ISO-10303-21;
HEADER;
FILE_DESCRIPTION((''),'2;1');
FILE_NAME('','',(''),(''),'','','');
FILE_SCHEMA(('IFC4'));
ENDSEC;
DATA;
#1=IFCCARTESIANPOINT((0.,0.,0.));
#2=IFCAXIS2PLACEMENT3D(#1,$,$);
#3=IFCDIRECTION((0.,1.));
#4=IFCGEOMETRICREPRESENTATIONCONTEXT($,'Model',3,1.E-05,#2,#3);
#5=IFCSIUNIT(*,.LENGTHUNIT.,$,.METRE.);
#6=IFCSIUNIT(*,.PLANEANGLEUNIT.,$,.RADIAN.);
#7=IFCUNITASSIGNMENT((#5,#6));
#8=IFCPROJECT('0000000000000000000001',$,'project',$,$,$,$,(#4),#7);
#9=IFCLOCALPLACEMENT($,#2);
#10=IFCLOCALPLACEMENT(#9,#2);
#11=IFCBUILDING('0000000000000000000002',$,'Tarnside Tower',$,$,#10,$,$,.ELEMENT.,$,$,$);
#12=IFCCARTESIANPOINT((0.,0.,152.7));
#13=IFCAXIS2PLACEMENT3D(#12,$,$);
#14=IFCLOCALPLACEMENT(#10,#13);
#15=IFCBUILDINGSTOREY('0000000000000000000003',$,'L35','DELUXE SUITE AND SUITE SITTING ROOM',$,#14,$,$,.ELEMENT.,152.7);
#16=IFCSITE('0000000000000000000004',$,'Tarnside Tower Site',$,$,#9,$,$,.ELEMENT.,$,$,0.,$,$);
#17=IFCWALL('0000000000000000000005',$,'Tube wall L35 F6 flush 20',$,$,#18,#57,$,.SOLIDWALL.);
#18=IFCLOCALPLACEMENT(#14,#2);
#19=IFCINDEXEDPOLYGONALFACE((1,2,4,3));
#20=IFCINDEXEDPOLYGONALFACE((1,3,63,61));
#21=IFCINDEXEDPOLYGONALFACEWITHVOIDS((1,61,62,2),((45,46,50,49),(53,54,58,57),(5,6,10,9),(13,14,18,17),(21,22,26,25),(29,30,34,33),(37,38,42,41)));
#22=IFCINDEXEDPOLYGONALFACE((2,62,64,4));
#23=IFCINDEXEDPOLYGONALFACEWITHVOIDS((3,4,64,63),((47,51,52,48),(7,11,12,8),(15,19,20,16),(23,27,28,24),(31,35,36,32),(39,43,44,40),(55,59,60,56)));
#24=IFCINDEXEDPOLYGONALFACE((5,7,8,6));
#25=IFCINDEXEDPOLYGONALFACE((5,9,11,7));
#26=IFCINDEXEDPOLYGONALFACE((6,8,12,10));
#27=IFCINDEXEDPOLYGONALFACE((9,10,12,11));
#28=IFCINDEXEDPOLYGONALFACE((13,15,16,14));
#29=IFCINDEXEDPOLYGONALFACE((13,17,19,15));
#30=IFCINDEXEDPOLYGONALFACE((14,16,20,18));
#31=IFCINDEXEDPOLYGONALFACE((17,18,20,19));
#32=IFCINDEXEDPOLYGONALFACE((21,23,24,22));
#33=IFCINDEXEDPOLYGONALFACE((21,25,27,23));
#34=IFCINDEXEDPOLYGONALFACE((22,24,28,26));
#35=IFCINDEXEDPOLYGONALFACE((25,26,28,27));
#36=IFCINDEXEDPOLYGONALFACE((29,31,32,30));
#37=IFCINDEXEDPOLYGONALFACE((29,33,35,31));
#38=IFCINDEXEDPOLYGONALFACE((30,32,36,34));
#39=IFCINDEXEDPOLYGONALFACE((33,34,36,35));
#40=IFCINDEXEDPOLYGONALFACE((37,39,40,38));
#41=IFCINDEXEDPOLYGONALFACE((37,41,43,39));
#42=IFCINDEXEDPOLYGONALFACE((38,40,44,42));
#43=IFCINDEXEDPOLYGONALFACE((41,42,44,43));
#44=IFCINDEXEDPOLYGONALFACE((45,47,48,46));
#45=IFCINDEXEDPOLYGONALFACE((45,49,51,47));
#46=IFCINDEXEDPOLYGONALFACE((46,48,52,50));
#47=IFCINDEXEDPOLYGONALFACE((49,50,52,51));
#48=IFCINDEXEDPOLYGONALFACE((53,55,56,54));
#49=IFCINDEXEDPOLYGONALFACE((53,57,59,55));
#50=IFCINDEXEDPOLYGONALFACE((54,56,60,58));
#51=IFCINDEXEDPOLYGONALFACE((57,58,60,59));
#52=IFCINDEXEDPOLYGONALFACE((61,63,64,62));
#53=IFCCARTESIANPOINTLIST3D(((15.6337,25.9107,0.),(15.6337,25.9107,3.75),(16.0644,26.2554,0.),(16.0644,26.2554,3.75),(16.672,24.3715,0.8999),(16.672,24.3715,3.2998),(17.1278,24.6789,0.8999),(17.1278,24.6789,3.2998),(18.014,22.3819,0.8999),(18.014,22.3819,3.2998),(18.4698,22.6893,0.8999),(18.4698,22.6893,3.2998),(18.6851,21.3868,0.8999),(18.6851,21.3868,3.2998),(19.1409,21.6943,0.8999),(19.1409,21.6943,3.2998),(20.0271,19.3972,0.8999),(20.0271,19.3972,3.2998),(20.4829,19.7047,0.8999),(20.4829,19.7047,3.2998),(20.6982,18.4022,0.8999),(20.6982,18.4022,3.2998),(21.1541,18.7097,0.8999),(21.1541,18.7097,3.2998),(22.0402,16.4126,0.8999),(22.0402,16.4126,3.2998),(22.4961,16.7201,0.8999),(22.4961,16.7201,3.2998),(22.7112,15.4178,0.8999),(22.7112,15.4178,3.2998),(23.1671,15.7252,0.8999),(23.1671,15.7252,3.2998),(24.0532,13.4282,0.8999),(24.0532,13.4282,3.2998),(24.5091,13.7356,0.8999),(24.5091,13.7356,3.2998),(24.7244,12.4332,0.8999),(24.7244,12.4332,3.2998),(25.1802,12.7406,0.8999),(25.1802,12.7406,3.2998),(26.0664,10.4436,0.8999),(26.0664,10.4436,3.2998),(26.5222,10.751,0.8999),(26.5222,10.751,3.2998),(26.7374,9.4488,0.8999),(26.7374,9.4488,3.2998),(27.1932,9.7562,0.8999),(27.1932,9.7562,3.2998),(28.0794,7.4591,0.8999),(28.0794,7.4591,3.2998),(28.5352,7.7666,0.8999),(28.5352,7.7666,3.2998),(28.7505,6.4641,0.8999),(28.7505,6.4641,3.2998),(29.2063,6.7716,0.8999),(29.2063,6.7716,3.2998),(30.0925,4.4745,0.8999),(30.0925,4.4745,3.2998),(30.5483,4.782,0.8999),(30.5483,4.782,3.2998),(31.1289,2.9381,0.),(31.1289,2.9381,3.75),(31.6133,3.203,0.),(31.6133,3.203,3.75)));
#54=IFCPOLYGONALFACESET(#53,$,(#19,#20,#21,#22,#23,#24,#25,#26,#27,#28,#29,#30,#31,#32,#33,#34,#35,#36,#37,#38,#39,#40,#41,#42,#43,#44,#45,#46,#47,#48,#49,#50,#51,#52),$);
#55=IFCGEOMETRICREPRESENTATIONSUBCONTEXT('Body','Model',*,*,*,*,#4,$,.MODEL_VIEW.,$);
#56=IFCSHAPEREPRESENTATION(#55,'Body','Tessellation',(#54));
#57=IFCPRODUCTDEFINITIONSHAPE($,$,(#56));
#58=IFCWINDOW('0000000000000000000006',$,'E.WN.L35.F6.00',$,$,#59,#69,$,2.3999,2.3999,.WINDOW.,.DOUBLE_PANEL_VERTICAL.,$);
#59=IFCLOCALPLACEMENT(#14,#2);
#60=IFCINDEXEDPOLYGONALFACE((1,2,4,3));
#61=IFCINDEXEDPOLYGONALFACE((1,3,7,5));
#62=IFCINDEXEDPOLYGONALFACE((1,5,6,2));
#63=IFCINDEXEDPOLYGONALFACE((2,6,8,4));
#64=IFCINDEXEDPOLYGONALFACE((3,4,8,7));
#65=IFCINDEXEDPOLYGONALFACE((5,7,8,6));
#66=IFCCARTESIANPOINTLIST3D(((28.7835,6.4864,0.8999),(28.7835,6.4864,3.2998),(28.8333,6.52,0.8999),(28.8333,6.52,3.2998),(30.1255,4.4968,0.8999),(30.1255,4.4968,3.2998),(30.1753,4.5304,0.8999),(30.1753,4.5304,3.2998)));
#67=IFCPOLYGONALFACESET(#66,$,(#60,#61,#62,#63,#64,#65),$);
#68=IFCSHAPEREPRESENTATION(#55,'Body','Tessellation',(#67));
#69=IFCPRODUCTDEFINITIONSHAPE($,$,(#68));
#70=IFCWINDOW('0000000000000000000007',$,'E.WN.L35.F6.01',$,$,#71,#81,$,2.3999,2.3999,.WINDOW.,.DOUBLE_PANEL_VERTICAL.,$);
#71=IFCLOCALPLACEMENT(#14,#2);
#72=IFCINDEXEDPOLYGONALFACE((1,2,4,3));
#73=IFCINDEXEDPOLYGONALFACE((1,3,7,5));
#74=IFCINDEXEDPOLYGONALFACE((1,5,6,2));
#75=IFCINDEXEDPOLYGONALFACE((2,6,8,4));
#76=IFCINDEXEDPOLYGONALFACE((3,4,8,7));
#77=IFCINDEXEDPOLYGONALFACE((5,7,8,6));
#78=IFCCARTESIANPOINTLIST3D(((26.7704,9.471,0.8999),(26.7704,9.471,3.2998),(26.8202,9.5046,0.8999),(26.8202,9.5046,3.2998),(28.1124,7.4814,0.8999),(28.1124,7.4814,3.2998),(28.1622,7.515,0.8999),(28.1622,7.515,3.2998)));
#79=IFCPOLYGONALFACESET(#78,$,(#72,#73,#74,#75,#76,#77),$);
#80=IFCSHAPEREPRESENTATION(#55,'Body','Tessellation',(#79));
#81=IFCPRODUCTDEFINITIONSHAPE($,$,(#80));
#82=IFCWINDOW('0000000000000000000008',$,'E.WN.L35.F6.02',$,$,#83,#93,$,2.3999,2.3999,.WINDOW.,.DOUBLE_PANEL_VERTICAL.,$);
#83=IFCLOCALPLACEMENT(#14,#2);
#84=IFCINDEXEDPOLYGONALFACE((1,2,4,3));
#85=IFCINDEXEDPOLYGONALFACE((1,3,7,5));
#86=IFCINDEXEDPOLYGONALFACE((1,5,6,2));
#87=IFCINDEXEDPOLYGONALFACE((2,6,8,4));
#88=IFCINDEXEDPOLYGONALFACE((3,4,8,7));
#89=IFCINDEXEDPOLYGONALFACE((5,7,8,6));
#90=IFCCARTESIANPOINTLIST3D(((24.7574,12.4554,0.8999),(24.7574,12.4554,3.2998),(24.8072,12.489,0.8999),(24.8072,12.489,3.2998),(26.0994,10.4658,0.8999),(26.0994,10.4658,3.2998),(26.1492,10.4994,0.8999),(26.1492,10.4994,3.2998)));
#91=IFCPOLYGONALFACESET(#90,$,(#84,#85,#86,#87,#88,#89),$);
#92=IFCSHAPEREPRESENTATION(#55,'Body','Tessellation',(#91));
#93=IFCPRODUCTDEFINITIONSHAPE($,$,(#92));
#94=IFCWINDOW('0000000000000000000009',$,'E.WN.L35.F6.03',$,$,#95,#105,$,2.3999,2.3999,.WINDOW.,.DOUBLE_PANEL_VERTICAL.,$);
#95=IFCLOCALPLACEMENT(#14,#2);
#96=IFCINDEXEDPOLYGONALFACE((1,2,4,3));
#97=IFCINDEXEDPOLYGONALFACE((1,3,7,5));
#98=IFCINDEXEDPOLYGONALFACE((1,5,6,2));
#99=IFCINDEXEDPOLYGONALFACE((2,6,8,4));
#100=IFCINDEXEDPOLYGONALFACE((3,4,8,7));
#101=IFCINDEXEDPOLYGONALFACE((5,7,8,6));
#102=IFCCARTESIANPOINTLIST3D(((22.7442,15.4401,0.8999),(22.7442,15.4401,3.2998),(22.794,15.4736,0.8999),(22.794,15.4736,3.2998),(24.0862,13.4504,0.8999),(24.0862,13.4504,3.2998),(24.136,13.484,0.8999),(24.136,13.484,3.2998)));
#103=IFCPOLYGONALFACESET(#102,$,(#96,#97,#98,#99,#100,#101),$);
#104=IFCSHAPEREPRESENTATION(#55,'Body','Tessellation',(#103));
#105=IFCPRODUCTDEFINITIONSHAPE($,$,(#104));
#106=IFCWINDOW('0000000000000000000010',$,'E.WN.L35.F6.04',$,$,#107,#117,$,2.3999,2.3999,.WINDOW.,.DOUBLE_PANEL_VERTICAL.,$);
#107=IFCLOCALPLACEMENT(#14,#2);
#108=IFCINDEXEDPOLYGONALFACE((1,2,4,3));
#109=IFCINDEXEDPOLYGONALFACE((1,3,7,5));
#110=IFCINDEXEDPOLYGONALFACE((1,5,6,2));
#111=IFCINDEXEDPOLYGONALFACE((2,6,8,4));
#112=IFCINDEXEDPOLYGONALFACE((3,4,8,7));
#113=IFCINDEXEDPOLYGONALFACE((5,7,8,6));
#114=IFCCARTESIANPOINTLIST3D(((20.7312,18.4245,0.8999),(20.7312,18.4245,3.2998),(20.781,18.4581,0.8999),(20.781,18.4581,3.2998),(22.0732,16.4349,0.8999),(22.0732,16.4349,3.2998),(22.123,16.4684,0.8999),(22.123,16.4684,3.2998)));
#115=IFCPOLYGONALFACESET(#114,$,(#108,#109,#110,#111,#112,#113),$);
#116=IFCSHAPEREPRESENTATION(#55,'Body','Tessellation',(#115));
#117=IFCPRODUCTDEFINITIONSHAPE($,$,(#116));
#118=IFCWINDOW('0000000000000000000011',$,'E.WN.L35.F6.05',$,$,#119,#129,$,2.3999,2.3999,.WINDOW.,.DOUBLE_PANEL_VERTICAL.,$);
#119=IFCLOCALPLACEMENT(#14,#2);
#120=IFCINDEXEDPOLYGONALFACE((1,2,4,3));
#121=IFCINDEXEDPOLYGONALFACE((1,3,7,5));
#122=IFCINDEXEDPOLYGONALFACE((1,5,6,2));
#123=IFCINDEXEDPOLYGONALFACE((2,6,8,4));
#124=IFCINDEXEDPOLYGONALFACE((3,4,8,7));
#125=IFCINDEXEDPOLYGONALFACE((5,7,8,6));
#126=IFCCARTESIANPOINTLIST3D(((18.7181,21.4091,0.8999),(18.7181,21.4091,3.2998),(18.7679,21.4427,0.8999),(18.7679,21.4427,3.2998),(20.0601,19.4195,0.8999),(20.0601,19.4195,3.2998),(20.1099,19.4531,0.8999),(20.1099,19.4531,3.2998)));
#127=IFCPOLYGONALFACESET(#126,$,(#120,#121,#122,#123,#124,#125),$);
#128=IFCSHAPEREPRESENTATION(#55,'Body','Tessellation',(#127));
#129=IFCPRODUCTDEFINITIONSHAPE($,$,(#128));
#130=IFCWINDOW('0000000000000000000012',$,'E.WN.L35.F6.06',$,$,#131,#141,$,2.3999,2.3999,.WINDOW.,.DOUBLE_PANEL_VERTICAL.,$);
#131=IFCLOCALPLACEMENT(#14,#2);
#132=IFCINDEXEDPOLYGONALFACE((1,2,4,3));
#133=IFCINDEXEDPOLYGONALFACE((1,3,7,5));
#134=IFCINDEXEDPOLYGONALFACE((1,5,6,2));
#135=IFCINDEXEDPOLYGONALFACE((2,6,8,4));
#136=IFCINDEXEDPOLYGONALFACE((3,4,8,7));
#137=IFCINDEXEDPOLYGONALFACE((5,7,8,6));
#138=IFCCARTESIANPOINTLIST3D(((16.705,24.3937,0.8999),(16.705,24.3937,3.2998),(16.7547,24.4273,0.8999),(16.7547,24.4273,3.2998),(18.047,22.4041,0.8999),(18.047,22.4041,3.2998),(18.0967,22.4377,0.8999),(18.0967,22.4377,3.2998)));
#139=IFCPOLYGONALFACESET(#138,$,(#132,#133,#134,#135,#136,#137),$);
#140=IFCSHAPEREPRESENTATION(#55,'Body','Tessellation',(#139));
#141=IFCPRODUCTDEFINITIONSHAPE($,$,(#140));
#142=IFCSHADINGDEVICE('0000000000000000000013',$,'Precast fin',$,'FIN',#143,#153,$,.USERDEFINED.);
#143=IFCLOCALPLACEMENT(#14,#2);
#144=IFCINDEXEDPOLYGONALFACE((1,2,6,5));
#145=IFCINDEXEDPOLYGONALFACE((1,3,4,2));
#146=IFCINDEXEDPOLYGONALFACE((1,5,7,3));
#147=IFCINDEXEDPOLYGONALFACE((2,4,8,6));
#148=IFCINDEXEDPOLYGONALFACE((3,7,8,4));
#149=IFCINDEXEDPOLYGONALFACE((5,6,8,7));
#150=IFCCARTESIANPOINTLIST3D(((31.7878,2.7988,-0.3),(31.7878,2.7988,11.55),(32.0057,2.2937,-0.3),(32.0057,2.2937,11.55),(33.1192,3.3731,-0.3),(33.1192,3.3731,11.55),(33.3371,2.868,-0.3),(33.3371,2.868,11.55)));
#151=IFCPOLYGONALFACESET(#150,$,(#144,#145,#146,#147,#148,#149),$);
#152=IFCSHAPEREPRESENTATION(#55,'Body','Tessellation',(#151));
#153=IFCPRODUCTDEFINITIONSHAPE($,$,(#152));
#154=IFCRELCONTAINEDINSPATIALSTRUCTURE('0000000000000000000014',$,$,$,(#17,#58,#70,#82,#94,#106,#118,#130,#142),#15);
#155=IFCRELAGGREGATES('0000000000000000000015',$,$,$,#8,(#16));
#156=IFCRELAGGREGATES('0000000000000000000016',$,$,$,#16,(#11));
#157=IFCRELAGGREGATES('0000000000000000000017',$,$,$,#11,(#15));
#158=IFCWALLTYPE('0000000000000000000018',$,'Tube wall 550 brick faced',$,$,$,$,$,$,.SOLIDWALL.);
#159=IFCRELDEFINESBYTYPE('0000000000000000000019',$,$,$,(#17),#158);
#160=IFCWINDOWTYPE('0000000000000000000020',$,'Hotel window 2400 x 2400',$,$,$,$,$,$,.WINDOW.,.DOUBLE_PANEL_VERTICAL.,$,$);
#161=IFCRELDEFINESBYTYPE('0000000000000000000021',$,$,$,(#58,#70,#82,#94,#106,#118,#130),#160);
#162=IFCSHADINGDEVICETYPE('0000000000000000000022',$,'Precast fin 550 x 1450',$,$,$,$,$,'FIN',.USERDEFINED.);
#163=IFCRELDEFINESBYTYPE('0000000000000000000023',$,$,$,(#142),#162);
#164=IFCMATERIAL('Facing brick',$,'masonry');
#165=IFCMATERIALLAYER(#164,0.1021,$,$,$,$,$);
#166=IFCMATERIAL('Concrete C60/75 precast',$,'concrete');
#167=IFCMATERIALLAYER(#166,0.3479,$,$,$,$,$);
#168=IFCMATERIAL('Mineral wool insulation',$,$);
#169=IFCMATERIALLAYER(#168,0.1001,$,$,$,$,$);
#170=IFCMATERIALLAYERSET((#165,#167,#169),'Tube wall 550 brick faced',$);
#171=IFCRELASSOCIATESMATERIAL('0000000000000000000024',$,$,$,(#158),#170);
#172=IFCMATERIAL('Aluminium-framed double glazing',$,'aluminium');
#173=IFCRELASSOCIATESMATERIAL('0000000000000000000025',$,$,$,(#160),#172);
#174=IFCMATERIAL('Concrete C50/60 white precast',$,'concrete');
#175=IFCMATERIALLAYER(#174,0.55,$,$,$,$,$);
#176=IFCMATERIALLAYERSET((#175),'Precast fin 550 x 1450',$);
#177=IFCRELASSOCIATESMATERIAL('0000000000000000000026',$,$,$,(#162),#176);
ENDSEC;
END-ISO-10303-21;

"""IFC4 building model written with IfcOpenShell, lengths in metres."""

from ifc_helpers import new_model, si_unit, direction, frame, frame_2d, origin, place, context, subcontext, project, spatial, polyline, rectangle, outline, extrude, material, layer, layer_set, type_object, element, fill, save


model = new_model("IFC4")

# Units and contexts
model_context = context("Model", 3, precision=1e-05, world=origin(), true_north=direction((0.0, 1.0)))
body_context = subcontext(model_context, "Body", "Model", "MODEL_VIEW")
ifc_project = project(units=[si_unit("LENGTHUNIT", "METRE"), si_unit("PLANEANGLEUNIT", "RADIAN")], contexts=[model_context])

# Site, building, storey
site_placement = place(None, origin())
site = spatial("IfcSite", under=ifc_project, at=site_placement, Name="Tarnside Tower Site", CompositionType="ELEMENT", RefElevation=0.0)
building_placement = place(site_placement, origin())
building = spatial("IfcBuilding", under=site, at=building_placement, Name="Tarnside Tower", CompositionType="ELEMENT")
storey_placement = place(building_placement, frame((0.0, 0.0, 152.7)))
storey = spatial("IfcBuildingStorey", under=building, at=storey_placement, Name="L35", Description="DELUXE SUITE AND SUITE SITTING ROOM", CompositionType="ELEMENT", Elevation=152.7)

# Shared definitions
ifc_material_1 = material(Name="Facing brick", Category="masonry")
ifc_layer_1 = layer(ifc_material_1, 0.1021)
ifc_material_2 = material(Name="Concrete C60/75 precast", Category="concrete")
ifc_layer_2 = layer(ifc_material_2, 0.3479)
ifc_material_3 = material(Name="Mineral wool insulation")
ifc_layer_3 = layer(ifc_material_3, 0.1001)
ifc_layer_set_1 = layer_set([ifc_layer_1, ifc_layer_2, ifc_layer_3], Name="Tube wall 550 brick faced")
wall_type_1 = type_object("IfcWallType", Name="Tube wall 550 brick faced", PredefinedType="SOLIDWALL", material=ifc_layer_set_1)

# Wall, openings, windows
wall_1_placement = place(storey_placement, frame((31.3711, 3.0706, 0.0), z_axis=(0.0, 0.0, 1.0), x_axis=(-0.55919, 0.82904, 0.0)))
wall_1 = element("IfcWall", 1, at=wall_1_placement, inside=storey, type_object=wall_type_1, Name="Tube wall L35 F6 flush 20", PredefinedType="SOLIDWALL", context=body_context, shape_type="SweptSolid", body=[
    extrude(outline(polyline([(-0.0256, -0.2749), (27.7805, -0.2749), (27.7356, 0.2749), (0.0256, 0.2749), (-0.0256, -0.2749)])), origin(), (0.0, 0.0, 1.0), 3.75),
])
opening_1_placement = place(wall_1_placement, frame((1.8789, 0.0, 0.8999)))
opening_1 = element("IfcOpeningElement", 2, at=opening_1_placement, cuts=wall_1, PredefinedType="OPENING", context=body_context, shape_type="SweptSolid", body=[
    extrude(rectangle(XDim=2.3999, YDim=2.3999, at=frame_2d((1.2, 1.2))), frame((0.0, 0.2852, 0.0), z_axis=(0.0, -1.0, 0.0), x_axis=(1.0, 0.0, 0.0)), (0.0, 0.0, 1.0), 0.5701),
])
opening_2_placement = place(wall_1_placement, frame((5.479, 0.0, 0.8999)))
opening_2 = element("IfcOpeningElement", 3, at=opening_2_placement, cuts=wall_1, PredefinedType="OPENING", context=body_context, shape_type="SweptSolid", body=[
    extrude(rectangle(XDim=2.3999, YDim=2.3999, at=frame_2d((1.2, 1.2))), frame((0.0, 0.2852, 0.0), z_axis=(0.0, -1.0, 0.0), x_axis=(1.0, 0.0, 0.0)), (0.0, 0.0, 1.0), 0.5701),
])
opening_3_placement = place(wall_1_placement, frame((9.0789, 0.0, 0.8999)))
opening_3 = element("IfcOpeningElement", 4, at=opening_3_placement, cuts=wall_1, PredefinedType="OPENING", context=body_context, shape_type="SweptSolid", body=[
    extrude(rectangle(XDim=2.3999, YDim=2.3999, at=frame_2d((1.2, 1.2))), frame((0.0, 0.2852, 0.0), z_axis=(0.0, -1.0, 0.0), x_axis=(1.0, 0.0, 0.0)), (0.0, 0.0, 1.0), 0.5701),
])
opening_4_placement = place(wall_1_placement, frame((12.679, 0.0, 0.8999)))
opening_4 = element("IfcOpeningElement", 5, at=opening_4_placement, cuts=wall_1, PredefinedType="OPENING", context=body_context, shape_type="SweptSolid", body=[
    extrude(rectangle(XDim=2.3999, YDim=2.3999, at=frame_2d((1.2, 1.2))), frame((0.0, 0.2852, 0.0), z_axis=(0.0, -1.0, 0.0), x_axis=(1.0, 0.0, 0.0)), (0.0, 0.0, 1.0), 0.5701),
])
opening_5_placement = place(wall_1_placement, frame((16.2788, 0.0, 0.8999)))
opening_5 = element("IfcOpeningElement", 6, at=opening_5_placement, cuts=wall_1, PredefinedType="OPENING", context=body_context, shape_type="SweptSolid", body=[
    extrude(rectangle(XDim=2.3999, YDim=2.3999, at=frame_2d((1.2, 1.2))), frame((0.0, 0.2852, 0.0), z_axis=(0.0, -1.0, 0.0), x_axis=(1.0, 0.0, 0.0)), (0.0, 0.0, 1.0), 0.5701),
])
opening_6_placement = place(wall_1_placement, frame((19.8789, 0.0, 0.8999)))
opening_6 = element("IfcOpeningElement", 7, at=opening_6_placement, cuts=wall_1, PredefinedType="OPENING", context=body_context, shape_type="SweptSolid", body=[
    extrude(rectangle(XDim=2.3999, YDim=2.3999, at=frame_2d((1.2, 1.2))), frame((0.0, 0.2852, 0.0), z_axis=(0.0, -1.0, 0.0), x_axis=(1.0, 0.0, 0.0)), (0.0, 0.0, 1.0), 0.5701),
])
opening_7_placement = place(wall_1_placement, frame((23.479, 0.0, 0.8999)))
opening_7 = element("IfcOpeningElement", 8, at=opening_7_placement, cuts=wall_1, PredefinedType="OPENING", context=body_context, shape_type="SweptSolid", body=[
    extrude(rectangle(XDim=2.3999, YDim=2.3999, at=frame_2d((1.2, 1.2))), frame((0.0, 0.2852, 0.0), z_axis=(0.0, -1.0, 0.0), x_axis=(1.0, 0.0, 0.0)), (0.0, 0.0, 1.0), 0.5701),
])
ifc_material_4 = material(Name="Aluminium-framed double glazing", Category="aluminium")
window_type = type_object("IfcWindowType", Name="Hotel window 2400 x 2400", PartitioningType="DOUBLE_PANEL_VERTICAL", PredefinedType="WINDOW", material=ifc_material_4)
window_1_placement = place(opening_1_placement, frame((0.0, 0.2051, 0.0)))
window_1 = element("IfcWindow", 9, at=window_1_placement, inside=storey, type_object=window_type, Name="E.WN.L35.F6.00", OverallHeight=2.3999, OverallWidth=2.3999, PartitioningType="DOUBLE_PANEL_VERTICAL", PredefinedType="WINDOW", context=body_context, shape_type="SweptSolid", body=[
    extrude(rectangle(XDim=2.3999, YDim=2.3999, at=frame_2d((1.2, 1.2))), frame((0.0, 0.03, 0.0), z_axis=(0.0, -1.0, 0.0), x_axis=(1.0, 0.0, 0.0)), (0.0, 0.0, 1.0), 0.0601),
])
fill(opening_1, window_1)
window_2_placement = place(opening_2_placement, frame((0.0, 0.2051, 0.0)))
window_2 = element("IfcWindow", 10, at=window_2_placement, inside=storey, type_object=window_type, Name="E.WN.L35.F6.01", OverallHeight=2.3999, OverallWidth=2.3999, PartitioningType="DOUBLE_PANEL_VERTICAL", PredefinedType="WINDOW", context=body_context, shape_type="SweptSolid", body=[
    extrude(rectangle(XDim=2.3999, YDim=2.3999, at=frame_2d((1.2, 1.2))), frame((0.0, 0.03, 0.0), z_axis=(0.0, -1.0, 0.0), x_axis=(1.0, 0.0, 0.0)), (0.0, 0.0, 1.0), 0.0601),
])
fill(opening_2, window_2)
window_3_placement = place(opening_3_placement, frame((0.0, 0.2051, 0.0)))
window_3 = element("IfcWindow", 11, at=window_3_placement, inside=storey, type_object=window_type, Name="E.WN.L35.F6.02", OverallHeight=2.3999, OverallWidth=2.3999, PartitioningType="DOUBLE_PANEL_VERTICAL", PredefinedType="WINDOW", context=body_context, shape_type="SweptSolid", body=[
    extrude(rectangle(XDim=2.3999, YDim=2.3999, at=frame_2d((1.2, 1.2))), frame((0.0, 0.03, 0.0), z_axis=(0.0, -1.0, 0.0), x_axis=(1.0, 0.0, 0.0)), (0.0, 0.0, 1.0), 0.0601),
])
fill(opening_3, window_3)
window_4_placement = place(opening_4_placement, frame((0.0, 0.2051, 0.0)))
window_4 = element("IfcWindow", 12, at=window_4_placement, inside=storey, type_object=window_type, Name="E.WN.L35.F6.03", OverallHeight=2.3999, OverallWidth=2.3999, PartitioningType="DOUBLE_PANEL_VERTICAL", PredefinedType="WINDOW", context=body_context, shape_type="SweptSolid", body=[
    extrude(rectangle(XDim=2.3999, YDim=2.3999, at=frame_2d((1.2, 1.2))), frame((0.0, 0.03, 0.0), z_axis=(0.0, -1.0, 0.0), x_axis=(1.0, 0.0, 0.0)), (0.0, 0.0, 1.0), 0.0601),
])
fill(opening_4, window_4)
window_5_placement = place(opening_5_placement, frame((0.0, 0.2051, 0.0)))
window_5 = element("IfcWindow", 13, at=window_5_placement, inside=storey, type_object=window_type, Name="E.WN.L35.F6.04", OverallHeight=2.3999, OverallWidth=2.3999, PartitioningType="DOUBLE_PANEL_VERTICAL", PredefinedType="WINDOW", context=body_context, shape_type="SweptSolid", body=[
    extrude(rectangle(XDim=2.3999, YDim=2.3999, at=frame_2d((1.2, 1.2))), frame((0.0, 0.03, 0.0), z_axis=(0.0, -1.0, 0.0), x_axis=(1.0, 0.0, 0.0)), (0.0, 0.0, 1.0), 0.0601),
])
fill(opening_5, window_5)
window_6_placement = place(opening_6_placement, frame((0.0, 0.2051, 0.0)))
window_6 = element("IfcWindow", 14, at=window_6_placement, inside=storey, type_object=window_type, Name="E.WN.L35.F6.05", OverallHeight=2.3999, OverallWidth=2.3999, PartitioningType="DOUBLE_PANEL_VERTICAL", PredefinedType="WINDOW", context=body_context, shape_type="SweptSolid", body=[
    extrude(rectangle(XDim=2.3999, YDim=2.3999, at=frame_2d((1.2, 1.2))), frame((0.0, 0.03, 0.0), z_axis=(0.0, -1.0, 0.0), x_axis=(1.0, 0.0, 0.0)), (0.0, 0.0, 1.0), 0.0601),
])
fill(opening_6, window_6)
window_7_placement = place(opening_7_placement, frame((0.0, 0.2051, 0.0)))
window_7 = element("IfcWindow", 15, at=window_7_placement, inside=storey, type_object=window_type, Name="E.WN.L35.F6.06", OverallHeight=2.3999, OverallWidth=2.3999, PartitioningType="DOUBLE_PANEL_VERTICAL", PredefinedType="WINDOW", context=body_context, shape_type="SweptSolid", body=[
    extrude(rectangle(XDim=2.3999, YDim=2.3999, at=frame_2d((1.2, 1.2))), frame((0.0, 0.03, 0.0), z_axis=(0.0, -1.0, 0.0), x_axis=(1.0, 0.0, 0.0)), (0.0, 0.0, 1.0), 0.0601),
])
fill(opening_7, window_7)

# Shading device
ifc_material_5 = material(Name="Concrete C50/60 white precast", Category="concrete")
ifc_layer_4 = layer(ifc_material_5, 0.55)
ifc_layer_set_2 = layer_set([ifc_layer_4], Name="Precast fin 550 x 1450")
shading_device_type_1 = type_object("IfcShadingDeviceType", Name="Precast fin 550 x 1450", ElementType="FIN", PredefinedType="USERDEFINED", material=ifc_layer_set_2)
shading_device_placement = place(storey_placement, frame((31.8967, 2.5464, -0.3), z_axis=(0.39608, -0.918216, 0.0), x_axis=(0.918216, 0.39608, 0.0)))
element("IfcShadingDevice", 16, at=shading_device_placement, inside=storey, type_object=shading_device_type_1, Name="Precast fin", ObjectType="FIN", PredefinedType="USERDEFINED", context=body_context, shape_type="SweptSolid", body=[
    extrude(outline(polyline([(0.0, 0.0), (1.45, 0.0), (1.45, 11.8501), (0.0, 11.8501), (0.0, 0.0)])), frame((0.0, 0.0, -0.2749)), (0.0, 0.0, 1.0), 0.55),
])

save(model, "model.ifc")
